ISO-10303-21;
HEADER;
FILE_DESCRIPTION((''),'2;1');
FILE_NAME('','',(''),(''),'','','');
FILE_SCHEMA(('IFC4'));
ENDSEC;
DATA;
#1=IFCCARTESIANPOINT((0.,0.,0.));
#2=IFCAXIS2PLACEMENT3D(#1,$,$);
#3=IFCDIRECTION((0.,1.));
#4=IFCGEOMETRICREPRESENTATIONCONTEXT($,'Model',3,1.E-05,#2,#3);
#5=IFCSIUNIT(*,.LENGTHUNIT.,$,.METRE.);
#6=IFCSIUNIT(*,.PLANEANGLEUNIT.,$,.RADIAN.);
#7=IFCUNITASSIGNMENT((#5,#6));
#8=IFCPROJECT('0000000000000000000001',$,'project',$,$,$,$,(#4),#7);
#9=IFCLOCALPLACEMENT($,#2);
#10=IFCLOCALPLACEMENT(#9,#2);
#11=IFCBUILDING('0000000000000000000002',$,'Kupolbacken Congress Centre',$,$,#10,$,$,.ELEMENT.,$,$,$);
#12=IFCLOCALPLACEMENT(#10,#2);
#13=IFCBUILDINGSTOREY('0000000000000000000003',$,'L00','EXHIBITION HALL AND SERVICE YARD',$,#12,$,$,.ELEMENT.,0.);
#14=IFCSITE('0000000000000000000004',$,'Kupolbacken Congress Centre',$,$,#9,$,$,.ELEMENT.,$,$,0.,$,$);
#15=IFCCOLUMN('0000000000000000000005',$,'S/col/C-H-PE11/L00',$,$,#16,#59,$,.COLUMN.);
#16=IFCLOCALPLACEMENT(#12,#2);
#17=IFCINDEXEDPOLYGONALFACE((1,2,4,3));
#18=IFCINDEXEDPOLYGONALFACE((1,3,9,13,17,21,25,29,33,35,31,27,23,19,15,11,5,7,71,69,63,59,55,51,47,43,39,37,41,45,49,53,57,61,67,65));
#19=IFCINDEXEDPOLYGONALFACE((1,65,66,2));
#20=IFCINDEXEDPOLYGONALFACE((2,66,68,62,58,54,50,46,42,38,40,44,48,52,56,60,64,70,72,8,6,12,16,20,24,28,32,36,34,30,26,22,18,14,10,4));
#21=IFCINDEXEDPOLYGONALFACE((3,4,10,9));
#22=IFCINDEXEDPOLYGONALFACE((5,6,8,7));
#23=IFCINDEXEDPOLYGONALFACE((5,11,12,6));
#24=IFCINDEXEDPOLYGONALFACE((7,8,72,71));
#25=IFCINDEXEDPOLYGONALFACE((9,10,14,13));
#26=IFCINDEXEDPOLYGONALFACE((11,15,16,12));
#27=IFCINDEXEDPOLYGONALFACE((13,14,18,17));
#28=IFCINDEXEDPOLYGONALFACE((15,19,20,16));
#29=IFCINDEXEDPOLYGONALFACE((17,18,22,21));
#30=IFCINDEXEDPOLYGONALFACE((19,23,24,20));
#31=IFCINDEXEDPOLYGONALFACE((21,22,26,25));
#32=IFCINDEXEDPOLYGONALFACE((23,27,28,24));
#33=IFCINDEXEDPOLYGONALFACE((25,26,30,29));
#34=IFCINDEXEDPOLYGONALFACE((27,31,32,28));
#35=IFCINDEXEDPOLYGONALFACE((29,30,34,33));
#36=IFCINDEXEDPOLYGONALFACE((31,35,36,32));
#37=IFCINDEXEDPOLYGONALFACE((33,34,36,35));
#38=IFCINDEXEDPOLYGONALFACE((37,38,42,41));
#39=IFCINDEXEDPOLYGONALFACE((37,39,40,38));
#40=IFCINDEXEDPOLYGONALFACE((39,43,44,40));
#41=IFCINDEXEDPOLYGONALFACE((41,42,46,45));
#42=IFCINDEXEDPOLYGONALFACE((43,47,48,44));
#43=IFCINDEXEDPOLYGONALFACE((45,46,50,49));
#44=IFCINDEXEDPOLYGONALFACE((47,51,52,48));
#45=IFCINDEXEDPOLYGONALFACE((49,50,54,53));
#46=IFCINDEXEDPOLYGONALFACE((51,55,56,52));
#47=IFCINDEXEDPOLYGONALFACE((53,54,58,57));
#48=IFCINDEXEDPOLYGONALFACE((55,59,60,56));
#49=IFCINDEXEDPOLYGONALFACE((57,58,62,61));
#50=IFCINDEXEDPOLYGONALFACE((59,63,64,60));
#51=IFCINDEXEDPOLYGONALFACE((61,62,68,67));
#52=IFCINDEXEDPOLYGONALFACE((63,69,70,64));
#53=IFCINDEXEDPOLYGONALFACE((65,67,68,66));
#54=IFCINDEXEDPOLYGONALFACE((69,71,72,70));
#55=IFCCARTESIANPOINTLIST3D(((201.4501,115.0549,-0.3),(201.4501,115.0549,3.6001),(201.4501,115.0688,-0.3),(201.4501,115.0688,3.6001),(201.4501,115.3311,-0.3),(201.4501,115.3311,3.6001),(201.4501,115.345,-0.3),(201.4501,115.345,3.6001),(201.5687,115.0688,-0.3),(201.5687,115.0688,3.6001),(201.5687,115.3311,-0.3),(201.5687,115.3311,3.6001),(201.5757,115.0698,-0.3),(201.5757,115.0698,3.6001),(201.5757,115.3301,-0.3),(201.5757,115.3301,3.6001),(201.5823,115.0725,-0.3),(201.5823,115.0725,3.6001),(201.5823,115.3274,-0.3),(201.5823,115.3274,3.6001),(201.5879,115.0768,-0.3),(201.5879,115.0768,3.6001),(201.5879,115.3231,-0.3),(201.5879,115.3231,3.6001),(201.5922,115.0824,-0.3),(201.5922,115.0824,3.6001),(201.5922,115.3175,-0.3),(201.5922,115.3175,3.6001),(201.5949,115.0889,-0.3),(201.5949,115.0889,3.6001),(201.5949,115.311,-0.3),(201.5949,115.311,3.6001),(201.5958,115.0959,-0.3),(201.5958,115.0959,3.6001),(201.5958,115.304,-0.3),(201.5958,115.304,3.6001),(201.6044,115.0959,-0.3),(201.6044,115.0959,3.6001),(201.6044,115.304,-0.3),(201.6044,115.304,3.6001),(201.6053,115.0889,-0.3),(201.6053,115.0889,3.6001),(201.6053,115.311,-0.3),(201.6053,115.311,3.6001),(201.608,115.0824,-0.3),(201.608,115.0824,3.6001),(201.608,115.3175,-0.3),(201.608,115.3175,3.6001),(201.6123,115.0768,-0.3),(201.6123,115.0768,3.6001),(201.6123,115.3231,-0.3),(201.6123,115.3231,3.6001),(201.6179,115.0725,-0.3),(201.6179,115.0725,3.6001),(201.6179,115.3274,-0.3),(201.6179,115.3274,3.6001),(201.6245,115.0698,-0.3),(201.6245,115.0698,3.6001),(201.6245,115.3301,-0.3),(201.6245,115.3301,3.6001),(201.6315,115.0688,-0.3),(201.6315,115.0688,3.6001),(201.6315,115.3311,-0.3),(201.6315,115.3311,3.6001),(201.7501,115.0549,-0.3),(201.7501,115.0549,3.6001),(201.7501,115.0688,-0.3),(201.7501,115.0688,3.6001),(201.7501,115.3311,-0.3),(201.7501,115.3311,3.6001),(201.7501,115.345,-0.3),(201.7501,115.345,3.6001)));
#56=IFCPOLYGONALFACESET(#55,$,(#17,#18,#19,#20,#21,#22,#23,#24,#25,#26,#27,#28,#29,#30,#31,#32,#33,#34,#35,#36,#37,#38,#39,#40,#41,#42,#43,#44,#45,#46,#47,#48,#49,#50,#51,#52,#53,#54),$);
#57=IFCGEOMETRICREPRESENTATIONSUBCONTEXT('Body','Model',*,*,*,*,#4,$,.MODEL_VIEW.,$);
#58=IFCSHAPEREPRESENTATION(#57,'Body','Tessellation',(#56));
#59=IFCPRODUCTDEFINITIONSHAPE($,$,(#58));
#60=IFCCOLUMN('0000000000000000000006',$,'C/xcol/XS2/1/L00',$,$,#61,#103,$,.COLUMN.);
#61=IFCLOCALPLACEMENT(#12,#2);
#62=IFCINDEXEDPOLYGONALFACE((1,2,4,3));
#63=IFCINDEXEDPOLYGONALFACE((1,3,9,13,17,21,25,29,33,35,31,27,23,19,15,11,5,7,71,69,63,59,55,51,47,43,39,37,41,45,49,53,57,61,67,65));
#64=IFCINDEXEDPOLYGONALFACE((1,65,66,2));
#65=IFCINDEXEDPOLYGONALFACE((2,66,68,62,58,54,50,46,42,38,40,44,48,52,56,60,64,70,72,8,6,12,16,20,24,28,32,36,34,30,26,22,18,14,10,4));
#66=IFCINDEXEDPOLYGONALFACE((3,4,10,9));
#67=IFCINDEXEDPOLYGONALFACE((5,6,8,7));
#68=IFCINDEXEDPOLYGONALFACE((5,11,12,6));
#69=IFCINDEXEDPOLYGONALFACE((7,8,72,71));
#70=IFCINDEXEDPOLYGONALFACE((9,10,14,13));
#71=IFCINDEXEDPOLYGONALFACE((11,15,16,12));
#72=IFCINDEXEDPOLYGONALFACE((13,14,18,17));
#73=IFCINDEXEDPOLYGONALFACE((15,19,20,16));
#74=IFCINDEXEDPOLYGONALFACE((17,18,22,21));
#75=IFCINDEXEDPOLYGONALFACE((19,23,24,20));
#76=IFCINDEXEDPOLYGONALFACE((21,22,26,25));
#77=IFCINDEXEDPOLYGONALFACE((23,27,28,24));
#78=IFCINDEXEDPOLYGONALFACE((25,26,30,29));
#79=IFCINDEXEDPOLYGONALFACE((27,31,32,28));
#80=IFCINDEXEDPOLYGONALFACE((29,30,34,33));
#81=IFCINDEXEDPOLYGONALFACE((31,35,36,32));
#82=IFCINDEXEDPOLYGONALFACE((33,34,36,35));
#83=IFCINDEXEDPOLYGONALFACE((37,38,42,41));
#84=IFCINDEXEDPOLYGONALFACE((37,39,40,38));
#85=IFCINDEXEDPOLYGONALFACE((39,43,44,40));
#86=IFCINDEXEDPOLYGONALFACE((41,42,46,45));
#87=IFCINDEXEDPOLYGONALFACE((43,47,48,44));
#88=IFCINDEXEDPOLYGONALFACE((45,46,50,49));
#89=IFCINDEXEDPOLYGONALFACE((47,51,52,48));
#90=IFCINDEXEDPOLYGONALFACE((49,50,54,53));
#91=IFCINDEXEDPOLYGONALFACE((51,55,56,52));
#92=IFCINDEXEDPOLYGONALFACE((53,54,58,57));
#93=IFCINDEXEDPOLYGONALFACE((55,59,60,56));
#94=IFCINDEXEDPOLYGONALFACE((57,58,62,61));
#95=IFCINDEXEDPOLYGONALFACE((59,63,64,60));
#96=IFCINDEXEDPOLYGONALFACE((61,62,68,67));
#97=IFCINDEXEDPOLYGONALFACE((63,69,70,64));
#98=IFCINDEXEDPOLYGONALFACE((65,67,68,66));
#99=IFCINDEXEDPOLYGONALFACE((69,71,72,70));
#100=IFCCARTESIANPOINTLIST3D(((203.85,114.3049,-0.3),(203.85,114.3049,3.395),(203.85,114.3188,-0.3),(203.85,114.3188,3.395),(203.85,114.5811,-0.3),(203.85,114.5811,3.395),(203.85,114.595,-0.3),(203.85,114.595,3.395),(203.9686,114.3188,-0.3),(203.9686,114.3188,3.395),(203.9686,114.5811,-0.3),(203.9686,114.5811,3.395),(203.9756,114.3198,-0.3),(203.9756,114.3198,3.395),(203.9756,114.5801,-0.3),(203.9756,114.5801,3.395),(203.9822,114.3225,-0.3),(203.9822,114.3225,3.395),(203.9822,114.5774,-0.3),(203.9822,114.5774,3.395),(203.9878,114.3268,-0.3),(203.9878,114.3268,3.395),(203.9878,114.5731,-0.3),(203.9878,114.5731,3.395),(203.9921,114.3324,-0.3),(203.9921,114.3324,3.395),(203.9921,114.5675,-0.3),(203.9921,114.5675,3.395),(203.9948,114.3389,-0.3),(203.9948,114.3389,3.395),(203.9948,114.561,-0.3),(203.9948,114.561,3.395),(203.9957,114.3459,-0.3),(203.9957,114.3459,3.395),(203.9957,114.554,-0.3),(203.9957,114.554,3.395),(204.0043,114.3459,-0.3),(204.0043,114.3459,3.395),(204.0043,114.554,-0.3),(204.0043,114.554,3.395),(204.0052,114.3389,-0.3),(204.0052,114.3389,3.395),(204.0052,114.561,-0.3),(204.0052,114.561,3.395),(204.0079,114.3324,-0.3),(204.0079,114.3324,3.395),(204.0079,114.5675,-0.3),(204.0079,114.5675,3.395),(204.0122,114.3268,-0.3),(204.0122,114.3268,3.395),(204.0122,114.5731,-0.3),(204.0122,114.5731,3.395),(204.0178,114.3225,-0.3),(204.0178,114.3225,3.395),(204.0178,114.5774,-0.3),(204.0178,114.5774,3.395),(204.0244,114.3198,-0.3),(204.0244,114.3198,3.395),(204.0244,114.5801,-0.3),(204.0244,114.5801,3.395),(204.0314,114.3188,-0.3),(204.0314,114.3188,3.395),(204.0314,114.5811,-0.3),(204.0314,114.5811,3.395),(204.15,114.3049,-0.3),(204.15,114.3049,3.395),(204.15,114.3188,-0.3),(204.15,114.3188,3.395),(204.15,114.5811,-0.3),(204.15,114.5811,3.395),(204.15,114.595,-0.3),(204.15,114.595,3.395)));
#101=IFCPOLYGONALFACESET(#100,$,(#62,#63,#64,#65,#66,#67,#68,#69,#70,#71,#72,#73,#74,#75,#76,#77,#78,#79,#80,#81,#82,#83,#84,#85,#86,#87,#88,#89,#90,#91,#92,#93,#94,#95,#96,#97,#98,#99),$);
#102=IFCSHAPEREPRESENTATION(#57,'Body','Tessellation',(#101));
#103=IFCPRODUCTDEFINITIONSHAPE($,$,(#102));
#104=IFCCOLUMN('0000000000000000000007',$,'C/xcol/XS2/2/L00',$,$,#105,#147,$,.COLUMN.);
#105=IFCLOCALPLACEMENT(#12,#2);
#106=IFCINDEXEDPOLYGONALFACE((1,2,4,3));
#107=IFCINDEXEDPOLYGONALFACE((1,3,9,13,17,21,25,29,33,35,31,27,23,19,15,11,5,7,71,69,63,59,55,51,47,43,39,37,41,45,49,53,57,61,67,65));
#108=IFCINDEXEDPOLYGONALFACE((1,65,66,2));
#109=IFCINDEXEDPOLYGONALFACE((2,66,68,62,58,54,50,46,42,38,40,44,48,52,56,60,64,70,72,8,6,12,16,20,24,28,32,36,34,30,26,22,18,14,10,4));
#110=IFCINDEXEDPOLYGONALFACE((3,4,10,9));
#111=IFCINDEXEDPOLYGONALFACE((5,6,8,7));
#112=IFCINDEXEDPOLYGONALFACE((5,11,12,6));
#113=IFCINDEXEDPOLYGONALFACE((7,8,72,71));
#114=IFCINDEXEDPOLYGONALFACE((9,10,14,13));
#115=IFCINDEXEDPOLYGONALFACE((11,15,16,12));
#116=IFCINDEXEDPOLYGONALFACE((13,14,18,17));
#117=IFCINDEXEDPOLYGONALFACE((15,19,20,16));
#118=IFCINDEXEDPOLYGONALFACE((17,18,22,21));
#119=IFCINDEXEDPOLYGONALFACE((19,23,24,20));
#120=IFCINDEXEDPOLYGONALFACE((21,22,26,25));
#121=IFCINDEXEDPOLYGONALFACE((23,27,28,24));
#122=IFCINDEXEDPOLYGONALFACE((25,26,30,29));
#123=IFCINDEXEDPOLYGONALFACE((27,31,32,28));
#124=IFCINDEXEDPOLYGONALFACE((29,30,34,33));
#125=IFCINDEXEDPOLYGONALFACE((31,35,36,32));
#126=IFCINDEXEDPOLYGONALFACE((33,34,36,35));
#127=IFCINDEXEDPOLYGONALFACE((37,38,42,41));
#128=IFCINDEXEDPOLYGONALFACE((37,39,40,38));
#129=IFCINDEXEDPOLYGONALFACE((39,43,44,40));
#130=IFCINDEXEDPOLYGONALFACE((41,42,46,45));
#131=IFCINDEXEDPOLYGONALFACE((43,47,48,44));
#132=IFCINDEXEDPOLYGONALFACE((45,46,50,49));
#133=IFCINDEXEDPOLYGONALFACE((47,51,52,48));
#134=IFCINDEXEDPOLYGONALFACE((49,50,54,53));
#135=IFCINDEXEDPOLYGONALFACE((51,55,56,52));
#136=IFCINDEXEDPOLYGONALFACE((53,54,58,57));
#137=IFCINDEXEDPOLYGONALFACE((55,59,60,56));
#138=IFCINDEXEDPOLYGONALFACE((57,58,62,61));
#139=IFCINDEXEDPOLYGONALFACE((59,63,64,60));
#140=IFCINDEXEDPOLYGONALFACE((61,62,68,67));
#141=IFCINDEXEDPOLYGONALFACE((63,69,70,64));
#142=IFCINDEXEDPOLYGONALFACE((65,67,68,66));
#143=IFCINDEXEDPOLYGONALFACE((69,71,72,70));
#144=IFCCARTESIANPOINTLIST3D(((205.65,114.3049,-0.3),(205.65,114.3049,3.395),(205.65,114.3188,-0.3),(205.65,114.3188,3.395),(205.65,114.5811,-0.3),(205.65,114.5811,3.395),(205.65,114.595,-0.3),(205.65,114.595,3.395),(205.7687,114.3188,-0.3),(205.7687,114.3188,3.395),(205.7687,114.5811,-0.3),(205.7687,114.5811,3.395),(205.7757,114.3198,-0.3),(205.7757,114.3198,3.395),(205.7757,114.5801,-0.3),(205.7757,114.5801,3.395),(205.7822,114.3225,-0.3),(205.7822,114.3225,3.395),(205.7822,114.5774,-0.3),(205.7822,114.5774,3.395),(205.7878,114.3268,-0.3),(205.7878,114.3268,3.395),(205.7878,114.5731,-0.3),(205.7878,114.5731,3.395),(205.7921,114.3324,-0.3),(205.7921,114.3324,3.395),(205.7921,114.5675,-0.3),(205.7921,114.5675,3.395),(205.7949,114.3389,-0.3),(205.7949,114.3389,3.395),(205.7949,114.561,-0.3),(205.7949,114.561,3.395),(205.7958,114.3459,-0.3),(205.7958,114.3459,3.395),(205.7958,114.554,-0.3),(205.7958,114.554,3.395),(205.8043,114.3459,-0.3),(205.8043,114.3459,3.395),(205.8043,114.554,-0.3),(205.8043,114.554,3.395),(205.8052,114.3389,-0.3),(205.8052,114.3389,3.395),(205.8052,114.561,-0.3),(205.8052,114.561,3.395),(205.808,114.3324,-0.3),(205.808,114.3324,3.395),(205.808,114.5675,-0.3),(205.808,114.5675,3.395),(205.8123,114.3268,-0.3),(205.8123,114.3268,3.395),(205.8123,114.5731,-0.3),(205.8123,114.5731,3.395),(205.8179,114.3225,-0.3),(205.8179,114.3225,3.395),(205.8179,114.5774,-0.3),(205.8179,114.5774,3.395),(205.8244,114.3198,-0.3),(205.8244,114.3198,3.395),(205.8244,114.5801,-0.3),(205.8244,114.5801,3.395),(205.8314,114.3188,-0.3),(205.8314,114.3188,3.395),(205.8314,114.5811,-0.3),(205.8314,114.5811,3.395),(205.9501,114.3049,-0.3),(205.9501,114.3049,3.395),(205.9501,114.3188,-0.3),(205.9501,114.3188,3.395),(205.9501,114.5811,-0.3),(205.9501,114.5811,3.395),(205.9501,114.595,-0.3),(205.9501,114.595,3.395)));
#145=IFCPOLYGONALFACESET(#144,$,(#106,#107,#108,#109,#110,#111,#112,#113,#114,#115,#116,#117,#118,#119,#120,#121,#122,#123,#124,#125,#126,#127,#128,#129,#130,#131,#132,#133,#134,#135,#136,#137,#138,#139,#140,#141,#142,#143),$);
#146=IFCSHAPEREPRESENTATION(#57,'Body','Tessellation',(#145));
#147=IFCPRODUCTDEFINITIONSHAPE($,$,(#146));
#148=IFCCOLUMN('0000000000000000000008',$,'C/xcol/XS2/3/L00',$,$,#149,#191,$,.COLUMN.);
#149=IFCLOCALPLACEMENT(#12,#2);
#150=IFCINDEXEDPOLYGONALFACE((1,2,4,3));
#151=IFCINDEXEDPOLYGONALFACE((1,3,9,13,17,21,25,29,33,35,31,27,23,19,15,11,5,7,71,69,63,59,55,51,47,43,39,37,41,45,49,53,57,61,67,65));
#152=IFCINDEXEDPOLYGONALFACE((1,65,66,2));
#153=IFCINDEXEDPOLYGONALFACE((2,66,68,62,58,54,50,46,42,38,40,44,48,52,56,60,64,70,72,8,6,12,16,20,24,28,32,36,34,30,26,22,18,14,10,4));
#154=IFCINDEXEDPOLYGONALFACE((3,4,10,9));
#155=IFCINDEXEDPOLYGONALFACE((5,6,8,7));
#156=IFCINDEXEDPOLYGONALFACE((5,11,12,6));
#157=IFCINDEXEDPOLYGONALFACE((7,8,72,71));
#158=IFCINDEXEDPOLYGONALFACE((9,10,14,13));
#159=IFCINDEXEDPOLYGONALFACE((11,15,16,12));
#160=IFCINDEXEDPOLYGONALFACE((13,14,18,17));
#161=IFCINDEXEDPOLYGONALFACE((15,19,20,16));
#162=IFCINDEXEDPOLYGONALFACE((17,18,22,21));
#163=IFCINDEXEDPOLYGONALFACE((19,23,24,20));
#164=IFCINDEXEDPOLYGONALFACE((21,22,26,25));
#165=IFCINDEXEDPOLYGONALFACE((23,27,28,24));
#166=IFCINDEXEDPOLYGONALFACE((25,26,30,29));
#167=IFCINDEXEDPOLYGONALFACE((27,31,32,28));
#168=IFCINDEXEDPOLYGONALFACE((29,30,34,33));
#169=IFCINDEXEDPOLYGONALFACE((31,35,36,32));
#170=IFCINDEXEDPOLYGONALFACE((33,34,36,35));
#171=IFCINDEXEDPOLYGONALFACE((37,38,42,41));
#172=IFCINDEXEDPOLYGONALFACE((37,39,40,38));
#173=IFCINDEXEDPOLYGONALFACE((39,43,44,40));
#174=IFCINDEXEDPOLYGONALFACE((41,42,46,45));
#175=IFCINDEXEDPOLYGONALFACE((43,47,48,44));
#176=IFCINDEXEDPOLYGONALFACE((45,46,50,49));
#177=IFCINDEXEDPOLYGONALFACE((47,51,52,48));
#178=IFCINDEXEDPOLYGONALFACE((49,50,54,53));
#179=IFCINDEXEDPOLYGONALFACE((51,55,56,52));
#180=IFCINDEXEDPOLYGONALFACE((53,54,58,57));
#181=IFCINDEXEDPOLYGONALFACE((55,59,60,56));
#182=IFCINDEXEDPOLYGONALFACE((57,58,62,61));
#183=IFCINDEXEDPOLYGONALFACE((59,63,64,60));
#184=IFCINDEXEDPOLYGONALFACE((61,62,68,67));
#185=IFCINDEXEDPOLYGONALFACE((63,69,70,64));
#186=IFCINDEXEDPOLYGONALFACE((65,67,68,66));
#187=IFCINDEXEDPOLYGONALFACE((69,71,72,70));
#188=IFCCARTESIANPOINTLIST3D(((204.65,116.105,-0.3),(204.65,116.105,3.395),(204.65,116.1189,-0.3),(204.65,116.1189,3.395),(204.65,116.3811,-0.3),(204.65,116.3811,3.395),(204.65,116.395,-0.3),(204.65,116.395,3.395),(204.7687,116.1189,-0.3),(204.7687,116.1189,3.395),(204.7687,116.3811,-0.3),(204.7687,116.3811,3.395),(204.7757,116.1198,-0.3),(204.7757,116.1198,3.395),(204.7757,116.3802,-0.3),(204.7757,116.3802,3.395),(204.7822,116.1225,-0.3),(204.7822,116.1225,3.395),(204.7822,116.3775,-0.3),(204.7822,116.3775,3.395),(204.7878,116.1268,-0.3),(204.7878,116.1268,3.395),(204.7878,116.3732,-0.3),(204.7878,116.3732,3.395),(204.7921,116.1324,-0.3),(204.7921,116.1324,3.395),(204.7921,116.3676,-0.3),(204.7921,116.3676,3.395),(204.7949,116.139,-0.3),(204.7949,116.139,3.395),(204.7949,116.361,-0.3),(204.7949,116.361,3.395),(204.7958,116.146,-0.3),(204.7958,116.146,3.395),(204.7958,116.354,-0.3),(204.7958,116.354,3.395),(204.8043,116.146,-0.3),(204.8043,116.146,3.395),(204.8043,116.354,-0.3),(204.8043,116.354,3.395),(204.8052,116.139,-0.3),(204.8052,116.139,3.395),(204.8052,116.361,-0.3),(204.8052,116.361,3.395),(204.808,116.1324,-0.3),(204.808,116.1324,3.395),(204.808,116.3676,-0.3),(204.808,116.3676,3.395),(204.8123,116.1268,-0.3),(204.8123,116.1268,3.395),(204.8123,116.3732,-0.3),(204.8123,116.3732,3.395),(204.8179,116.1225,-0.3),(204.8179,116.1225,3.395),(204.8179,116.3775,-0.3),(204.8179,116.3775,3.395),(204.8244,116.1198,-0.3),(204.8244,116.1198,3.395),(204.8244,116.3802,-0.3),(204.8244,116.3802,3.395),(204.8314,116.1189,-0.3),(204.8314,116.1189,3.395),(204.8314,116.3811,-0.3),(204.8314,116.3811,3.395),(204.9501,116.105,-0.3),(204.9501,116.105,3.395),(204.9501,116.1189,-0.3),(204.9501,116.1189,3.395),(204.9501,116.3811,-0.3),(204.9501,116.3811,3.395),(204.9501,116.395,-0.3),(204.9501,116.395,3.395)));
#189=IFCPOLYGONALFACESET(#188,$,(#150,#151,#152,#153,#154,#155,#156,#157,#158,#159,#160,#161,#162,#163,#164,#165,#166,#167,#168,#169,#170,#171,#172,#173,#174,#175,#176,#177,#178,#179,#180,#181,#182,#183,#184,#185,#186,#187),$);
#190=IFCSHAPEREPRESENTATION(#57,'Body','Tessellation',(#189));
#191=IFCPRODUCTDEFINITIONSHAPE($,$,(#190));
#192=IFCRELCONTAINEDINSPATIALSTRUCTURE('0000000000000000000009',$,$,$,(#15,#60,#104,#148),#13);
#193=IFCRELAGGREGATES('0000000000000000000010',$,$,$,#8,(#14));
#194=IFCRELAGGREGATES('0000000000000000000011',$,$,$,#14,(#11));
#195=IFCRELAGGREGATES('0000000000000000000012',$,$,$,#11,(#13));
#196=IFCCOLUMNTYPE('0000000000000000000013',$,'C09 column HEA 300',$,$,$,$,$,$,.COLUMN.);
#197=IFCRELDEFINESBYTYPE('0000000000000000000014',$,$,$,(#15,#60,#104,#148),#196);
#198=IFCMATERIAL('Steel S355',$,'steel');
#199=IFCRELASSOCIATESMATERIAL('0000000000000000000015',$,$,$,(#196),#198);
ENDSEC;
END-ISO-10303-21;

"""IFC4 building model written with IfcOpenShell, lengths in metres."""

from ifc_helpers import new_model, si_unit, direction, frame, origin, origin_2d, place, context, subcontext, project, spatial, i_section, extrude, material, material_profile, profile_set, type_object, element, save


model = new_model("IFC4")

# Units and contexts
model_context = context("Model", 3, precision=1e-05, world=origin(), true_north=direction((0.0, 1.0)))
body_context = subcontext(model_context, "Body", "Model", "MODEL_VIEW")
ifc_project = project(units=[si_unit("LENGTHUNIT", "METRE"), si_unit("PLANEANGLEUNIT", "RADIAN")], contexts=[model_context])

# Site, building, storey
site_placement = place(None, origin())
site = spatial("IfcSite", under=ifc_project, at=site_placement, Name="Kupolbacken Congress Centre", CompositionType="ELEMENT", RefElevation=0.0)
building_placement = place(site_placement, origin())
building = spatial("IfcBuilding", under=site, at=building_placement, Name="Kupolbacken Congress Centre", CompositionType="ELEMENT")
storey_placement = place(building_placement, origin())
storey = spatial("IfcBuildingStorey", under=building, at=storey_placement, Name="L00", Description="EXHIBITION HALL AND SERVICE YARD", CompositionType="ELEMENT", Elevation=0.0)

# Columns
ifc_material_1 = material(Name="Steel S355", Category="steel")
ifc_material_profile_1 = material_profile(ifc_material_1, i_section(OverallWidth=0.3, OverallDepth=0.29, WebThickness=0.0085, FlangeThickness=0.0139, FilletRadius=0.0271, at=origin_2d()), Name="HEA 300")
ifc_profile_set_1 = profile_set([ifc_material_profile_1], Name="Steel S355")
column_type = type_object("IfcColumnType", Name="C09 column HEA 300", PredefinedType="COLUMN", material=ifc_profile_set_1)
column_placement = place(storey_placement, frame((201.6001, 115.2, -0.3), z_axis=(0.0, 0.0, 1.0), x_axis=(1.0, 0.0, 0.0)))
element("IfcColumn", 1, at=column_placement, inside=storey, type_object=column_type, Name="S/col/C-H-PE11/L00", PredefinedType="COLUMN", context=body_context, shape_type="SweptSolid", body=[
    extrude(i_section(OverallWidth=0.3, OverallDepth=0.29, WebThickness=0.0085, FlangeThickness=0.0139, FilletRadius=0.0271, at=origin_2d()), origin(), (0.0, 0.0, 1.0), 3.9001),
])
for number, where, z_axis, x_axis, name in (
    (2, (204.0, 114.45, -0.3), (0.0, 0.0, 1.0), (1.0, 0.0, 0.0), "C/xcol/XS2/1/L00"),
    (3, (205.8, 114.45, -0.3), (0.0, 0.0, 1.0), (1.0, 0.0, 0.0), "C/xcol/XS2/2/L00"),
    (4, (204.8, 116.25, -0.3), (0.0, 0.0, 1.0), (1.0, 0.0, 0.0), "C/xcol/XS2/3/L00"),
):
    element("IfcColumn", number, at=place(storey_placement, frame(where, z_axis=z_axis, x_axis=x_axis)), inside=storey, type_object=column_type, Name=name, PredefinedType="COLUMN", context=body_context, shape_type="SweptSolid", body=[
        extrude(i_section(OverallWidth=0.3, OverallDepth=0.29, WebThickness=0.0085, FlangeThickness=0.0139, FilletRadius=0.0271, at=origin_2d()), origin(), (0.0, 0.0, 1.0), 3.6951),
    ])

save(model, "model.ifc")
